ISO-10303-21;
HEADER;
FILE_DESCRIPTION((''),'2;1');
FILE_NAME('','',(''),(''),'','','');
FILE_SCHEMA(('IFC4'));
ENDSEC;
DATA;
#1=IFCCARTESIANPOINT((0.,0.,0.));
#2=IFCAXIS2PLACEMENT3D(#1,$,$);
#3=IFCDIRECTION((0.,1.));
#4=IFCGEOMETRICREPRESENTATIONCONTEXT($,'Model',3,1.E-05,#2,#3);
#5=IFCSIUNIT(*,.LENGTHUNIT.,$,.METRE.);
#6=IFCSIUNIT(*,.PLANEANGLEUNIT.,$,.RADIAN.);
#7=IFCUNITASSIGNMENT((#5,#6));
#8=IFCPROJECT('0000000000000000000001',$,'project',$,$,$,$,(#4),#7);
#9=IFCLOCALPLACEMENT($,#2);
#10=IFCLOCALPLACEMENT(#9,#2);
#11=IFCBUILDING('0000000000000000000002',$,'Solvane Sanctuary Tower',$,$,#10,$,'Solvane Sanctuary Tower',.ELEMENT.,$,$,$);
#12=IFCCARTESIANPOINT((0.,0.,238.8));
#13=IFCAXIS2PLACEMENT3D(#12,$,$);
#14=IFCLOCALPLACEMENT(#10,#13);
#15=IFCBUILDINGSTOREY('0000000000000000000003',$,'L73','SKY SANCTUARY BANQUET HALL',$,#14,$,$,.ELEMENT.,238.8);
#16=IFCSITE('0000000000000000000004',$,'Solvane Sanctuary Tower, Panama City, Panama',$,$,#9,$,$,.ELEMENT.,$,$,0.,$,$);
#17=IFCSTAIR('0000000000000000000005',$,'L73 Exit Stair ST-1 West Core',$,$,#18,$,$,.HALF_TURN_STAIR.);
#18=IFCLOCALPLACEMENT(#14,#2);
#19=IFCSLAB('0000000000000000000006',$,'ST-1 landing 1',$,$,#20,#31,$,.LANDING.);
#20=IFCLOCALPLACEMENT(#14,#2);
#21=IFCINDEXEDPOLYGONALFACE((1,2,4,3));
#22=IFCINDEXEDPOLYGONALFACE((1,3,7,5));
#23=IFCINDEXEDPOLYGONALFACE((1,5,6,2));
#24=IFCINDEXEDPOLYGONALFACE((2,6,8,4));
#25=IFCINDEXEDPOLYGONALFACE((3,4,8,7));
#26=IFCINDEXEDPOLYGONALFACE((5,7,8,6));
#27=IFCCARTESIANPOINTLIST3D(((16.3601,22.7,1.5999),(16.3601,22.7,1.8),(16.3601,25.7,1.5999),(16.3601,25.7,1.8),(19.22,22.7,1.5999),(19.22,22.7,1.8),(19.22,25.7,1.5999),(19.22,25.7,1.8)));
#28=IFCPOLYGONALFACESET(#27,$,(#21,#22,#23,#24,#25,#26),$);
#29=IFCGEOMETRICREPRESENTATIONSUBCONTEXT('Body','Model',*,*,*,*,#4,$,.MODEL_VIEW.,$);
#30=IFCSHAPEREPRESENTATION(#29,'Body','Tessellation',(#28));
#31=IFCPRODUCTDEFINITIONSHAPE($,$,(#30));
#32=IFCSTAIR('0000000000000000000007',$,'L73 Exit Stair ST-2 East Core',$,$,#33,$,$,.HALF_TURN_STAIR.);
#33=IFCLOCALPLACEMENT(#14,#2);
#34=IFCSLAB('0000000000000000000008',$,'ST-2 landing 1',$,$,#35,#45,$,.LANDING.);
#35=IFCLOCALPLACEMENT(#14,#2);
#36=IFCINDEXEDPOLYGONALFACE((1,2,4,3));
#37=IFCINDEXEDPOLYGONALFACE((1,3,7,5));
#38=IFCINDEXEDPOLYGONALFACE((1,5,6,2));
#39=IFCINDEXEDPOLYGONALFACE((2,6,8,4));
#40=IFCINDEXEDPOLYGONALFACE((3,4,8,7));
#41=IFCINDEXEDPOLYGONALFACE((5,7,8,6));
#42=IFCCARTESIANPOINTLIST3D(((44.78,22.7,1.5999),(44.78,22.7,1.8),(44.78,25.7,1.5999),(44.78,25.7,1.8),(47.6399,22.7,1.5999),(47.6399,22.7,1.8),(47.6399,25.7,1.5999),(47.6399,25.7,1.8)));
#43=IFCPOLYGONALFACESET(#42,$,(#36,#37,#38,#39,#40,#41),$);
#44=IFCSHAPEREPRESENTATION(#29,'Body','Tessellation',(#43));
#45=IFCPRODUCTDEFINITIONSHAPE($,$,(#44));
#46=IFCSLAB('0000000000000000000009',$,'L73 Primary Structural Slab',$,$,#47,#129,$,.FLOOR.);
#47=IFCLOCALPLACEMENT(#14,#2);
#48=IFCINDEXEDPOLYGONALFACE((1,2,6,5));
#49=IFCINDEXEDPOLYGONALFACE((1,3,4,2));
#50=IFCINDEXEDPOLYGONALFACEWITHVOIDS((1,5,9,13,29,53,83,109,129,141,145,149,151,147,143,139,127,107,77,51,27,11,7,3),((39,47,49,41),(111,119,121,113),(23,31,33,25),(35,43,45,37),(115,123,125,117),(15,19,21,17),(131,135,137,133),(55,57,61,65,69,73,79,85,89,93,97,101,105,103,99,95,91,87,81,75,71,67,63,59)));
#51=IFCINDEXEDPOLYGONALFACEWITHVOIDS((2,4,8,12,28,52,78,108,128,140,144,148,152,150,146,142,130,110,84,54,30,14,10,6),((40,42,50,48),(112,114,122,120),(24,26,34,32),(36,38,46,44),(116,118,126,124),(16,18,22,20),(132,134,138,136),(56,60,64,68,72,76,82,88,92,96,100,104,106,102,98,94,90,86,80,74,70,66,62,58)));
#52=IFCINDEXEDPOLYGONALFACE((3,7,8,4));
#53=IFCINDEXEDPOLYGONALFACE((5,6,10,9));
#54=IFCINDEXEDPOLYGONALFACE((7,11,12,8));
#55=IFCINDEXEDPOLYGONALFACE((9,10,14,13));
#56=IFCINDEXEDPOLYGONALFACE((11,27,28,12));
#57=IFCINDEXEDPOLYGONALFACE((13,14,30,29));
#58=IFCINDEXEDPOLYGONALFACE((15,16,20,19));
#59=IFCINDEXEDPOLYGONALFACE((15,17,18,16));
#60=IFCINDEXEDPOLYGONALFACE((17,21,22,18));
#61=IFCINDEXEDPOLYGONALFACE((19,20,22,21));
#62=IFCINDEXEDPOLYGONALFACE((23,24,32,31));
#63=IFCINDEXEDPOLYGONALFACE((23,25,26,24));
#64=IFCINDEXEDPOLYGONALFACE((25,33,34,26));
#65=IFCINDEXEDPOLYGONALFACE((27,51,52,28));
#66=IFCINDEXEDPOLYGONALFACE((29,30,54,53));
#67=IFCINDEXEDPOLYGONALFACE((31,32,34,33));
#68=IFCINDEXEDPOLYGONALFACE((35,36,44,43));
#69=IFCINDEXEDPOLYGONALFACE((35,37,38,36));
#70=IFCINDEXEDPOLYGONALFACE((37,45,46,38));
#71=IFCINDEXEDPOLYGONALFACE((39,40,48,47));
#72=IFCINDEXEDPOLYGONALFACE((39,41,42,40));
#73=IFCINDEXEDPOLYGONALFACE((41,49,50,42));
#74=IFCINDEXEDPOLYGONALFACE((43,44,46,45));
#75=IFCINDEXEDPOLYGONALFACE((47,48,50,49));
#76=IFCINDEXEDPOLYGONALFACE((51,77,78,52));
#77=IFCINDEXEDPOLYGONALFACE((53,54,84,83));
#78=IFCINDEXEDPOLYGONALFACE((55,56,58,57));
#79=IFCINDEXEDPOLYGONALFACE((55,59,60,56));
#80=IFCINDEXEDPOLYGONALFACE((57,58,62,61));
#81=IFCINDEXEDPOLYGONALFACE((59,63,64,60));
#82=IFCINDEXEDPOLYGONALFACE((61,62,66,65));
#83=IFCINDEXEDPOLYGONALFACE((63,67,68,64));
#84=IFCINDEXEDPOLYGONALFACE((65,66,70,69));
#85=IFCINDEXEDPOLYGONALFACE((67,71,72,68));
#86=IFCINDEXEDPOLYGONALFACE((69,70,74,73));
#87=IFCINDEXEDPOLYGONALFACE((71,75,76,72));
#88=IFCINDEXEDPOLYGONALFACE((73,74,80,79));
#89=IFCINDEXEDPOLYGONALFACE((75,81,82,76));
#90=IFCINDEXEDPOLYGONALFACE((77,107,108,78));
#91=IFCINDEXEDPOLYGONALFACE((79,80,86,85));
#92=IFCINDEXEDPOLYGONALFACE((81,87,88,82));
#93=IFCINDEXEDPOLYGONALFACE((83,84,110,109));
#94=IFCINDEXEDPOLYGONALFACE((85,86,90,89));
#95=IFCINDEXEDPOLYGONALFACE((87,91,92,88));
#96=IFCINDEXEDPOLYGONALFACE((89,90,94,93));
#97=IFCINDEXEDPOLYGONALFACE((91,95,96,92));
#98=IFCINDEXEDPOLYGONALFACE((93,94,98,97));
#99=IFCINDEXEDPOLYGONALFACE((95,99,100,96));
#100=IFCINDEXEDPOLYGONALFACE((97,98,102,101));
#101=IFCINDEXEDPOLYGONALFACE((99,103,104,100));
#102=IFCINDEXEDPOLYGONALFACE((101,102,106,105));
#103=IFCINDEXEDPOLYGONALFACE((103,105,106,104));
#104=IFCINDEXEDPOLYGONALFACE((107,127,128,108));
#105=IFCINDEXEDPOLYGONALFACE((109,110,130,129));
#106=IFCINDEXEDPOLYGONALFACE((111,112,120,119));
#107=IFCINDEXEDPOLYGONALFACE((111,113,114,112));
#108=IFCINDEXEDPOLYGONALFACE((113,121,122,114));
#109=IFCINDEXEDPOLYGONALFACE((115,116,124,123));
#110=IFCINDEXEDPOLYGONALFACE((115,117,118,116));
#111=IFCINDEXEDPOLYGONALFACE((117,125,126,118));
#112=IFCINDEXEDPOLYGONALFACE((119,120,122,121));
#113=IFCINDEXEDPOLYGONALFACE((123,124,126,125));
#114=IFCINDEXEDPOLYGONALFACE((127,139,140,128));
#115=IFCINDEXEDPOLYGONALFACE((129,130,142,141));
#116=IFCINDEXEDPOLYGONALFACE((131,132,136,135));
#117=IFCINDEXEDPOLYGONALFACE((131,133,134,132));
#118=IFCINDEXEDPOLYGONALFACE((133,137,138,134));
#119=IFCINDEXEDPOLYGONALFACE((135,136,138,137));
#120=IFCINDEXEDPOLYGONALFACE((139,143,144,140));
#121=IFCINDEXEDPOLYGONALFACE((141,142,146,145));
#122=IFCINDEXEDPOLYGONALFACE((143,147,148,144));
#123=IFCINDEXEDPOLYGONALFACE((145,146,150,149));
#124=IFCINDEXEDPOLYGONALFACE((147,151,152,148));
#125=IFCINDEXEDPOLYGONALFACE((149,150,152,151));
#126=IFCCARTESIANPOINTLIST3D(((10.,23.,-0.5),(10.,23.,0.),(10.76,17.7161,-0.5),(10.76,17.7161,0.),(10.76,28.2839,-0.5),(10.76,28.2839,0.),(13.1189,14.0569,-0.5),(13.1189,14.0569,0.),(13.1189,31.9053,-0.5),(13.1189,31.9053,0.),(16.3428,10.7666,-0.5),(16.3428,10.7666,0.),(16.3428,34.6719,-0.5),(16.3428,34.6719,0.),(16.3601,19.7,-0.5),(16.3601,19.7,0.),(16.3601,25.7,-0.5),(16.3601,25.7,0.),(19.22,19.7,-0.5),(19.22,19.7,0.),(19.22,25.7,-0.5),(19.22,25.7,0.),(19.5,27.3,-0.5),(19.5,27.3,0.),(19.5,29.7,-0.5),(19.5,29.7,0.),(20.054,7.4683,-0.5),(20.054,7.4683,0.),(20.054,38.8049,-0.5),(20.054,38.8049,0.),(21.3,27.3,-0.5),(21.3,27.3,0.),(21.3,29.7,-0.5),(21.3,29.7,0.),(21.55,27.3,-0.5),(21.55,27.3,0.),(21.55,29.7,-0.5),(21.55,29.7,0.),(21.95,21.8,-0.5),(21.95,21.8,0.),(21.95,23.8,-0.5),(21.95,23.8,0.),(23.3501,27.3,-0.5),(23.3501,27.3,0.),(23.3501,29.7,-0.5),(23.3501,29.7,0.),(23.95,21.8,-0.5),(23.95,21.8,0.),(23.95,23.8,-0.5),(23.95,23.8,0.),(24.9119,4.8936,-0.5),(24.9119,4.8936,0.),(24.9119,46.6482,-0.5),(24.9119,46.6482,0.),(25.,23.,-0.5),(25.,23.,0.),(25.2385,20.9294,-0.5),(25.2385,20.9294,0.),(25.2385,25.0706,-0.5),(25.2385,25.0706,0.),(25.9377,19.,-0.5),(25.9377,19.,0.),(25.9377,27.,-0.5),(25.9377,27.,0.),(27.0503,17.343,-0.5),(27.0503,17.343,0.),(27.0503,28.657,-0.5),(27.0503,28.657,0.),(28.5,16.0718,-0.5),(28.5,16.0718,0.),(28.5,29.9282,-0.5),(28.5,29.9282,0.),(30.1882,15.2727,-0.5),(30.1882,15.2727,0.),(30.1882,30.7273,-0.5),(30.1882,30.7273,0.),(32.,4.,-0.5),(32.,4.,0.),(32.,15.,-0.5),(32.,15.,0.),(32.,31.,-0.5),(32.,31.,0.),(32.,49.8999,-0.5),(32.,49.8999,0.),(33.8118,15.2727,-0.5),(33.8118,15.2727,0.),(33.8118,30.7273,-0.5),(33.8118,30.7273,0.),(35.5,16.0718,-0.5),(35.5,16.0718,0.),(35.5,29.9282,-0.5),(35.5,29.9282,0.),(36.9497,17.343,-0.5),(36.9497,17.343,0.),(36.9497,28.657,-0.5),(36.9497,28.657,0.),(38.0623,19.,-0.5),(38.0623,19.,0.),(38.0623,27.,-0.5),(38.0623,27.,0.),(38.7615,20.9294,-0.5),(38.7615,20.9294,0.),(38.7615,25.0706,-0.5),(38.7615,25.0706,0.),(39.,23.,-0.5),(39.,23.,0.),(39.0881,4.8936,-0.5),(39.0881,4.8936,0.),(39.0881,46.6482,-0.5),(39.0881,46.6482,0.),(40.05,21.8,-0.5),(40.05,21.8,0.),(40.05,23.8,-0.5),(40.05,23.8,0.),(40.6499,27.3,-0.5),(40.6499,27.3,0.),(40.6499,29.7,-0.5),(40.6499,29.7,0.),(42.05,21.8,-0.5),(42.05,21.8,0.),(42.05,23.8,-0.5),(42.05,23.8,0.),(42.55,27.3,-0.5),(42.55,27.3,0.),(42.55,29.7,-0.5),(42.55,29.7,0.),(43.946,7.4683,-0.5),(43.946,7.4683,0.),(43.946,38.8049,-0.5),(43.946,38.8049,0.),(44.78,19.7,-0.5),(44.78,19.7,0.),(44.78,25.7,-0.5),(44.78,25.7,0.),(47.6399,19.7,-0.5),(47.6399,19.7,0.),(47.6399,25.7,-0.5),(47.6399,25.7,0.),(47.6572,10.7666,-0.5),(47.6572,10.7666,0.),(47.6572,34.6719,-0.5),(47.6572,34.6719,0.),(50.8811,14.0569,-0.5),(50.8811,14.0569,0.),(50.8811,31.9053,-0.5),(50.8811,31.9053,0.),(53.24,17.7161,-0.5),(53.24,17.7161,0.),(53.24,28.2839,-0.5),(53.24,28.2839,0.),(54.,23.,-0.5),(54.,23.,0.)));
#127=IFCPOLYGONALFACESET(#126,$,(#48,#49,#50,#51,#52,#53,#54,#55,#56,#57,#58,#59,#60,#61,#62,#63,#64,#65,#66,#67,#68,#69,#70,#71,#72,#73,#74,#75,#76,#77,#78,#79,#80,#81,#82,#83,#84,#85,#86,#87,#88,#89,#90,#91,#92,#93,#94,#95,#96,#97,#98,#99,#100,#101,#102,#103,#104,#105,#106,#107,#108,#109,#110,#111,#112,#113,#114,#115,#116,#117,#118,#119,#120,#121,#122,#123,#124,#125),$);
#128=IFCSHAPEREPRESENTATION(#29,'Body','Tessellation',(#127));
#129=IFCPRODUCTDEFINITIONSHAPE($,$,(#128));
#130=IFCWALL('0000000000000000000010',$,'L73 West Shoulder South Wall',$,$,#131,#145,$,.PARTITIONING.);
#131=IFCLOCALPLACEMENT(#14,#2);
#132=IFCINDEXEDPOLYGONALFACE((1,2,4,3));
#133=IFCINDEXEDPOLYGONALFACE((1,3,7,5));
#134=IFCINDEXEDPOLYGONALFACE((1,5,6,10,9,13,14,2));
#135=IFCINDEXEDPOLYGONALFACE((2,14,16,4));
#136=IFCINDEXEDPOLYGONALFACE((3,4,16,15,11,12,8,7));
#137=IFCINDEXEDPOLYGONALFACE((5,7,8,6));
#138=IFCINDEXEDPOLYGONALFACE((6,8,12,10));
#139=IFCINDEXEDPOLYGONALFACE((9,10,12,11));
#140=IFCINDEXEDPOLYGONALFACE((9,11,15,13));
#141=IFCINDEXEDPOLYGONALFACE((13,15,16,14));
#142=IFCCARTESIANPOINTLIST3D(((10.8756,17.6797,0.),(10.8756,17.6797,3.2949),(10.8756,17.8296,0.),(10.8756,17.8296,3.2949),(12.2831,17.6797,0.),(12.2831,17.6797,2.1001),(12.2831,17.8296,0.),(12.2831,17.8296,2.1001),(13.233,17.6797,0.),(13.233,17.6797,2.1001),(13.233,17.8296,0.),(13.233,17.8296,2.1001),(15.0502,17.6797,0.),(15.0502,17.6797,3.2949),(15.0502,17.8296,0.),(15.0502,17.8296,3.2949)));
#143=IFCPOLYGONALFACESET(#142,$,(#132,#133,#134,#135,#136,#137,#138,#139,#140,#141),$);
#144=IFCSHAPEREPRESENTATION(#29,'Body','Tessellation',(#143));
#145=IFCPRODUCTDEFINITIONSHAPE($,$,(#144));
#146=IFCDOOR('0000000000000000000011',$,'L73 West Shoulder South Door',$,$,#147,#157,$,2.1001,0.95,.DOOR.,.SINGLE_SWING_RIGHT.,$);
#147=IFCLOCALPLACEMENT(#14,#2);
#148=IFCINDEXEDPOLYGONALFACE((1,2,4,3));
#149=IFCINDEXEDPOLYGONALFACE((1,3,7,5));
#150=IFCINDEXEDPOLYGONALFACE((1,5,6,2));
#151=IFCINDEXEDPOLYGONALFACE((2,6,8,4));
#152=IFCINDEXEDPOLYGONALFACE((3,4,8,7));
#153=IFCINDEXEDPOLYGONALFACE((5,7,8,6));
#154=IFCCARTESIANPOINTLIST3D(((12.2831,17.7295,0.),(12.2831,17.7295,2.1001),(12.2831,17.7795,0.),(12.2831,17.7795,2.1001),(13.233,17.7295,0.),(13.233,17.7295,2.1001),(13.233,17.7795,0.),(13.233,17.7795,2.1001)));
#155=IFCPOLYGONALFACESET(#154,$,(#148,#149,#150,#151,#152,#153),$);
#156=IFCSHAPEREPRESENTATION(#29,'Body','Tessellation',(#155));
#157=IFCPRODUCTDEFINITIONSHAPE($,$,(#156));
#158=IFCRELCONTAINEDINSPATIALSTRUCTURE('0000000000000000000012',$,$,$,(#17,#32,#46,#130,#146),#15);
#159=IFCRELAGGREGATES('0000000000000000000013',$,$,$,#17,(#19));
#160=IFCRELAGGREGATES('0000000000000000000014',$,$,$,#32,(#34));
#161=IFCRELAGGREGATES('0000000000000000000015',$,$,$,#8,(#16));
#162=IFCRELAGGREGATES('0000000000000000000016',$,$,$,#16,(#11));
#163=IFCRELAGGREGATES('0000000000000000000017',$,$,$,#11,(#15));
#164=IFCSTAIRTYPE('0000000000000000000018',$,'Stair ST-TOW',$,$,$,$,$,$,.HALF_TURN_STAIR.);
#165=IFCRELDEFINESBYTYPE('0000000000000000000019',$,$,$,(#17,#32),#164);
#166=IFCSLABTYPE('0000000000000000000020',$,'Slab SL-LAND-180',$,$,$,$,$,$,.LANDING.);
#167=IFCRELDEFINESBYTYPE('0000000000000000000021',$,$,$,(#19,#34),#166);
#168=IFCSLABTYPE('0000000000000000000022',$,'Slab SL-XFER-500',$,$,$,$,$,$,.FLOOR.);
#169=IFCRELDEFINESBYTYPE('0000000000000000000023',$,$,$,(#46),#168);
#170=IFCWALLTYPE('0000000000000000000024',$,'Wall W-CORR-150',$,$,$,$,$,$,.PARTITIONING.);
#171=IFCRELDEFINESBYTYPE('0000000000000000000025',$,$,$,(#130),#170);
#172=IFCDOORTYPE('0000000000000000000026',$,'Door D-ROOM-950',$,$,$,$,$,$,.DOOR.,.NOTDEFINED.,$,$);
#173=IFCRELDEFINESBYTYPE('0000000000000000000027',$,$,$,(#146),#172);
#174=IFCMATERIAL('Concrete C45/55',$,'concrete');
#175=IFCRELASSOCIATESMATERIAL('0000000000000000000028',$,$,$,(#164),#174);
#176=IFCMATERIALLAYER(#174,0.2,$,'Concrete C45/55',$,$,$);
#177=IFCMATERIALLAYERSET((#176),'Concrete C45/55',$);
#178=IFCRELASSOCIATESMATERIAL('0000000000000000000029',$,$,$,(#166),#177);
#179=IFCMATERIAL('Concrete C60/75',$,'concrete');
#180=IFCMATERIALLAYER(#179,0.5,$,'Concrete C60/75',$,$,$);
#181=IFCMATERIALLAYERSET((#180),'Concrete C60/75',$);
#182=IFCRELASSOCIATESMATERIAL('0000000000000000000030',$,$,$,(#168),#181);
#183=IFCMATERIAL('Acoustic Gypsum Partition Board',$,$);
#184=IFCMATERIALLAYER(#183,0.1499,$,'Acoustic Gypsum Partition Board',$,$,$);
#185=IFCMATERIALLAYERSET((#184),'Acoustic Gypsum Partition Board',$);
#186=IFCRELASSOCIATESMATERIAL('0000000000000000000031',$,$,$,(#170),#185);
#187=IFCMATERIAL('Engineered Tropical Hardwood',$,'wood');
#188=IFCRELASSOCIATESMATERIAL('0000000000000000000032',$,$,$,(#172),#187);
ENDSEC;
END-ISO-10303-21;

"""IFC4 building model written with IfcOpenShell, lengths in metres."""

from ifc_helpers import new_model, si_unit, direction, frame, frame_2d, origin, place, context, subcontext, project, spatial, polyline, rectangle, outline, extrude, material, layer, layer_set, type_object, element, fill, aggregate, save


model = new_model("IFC4")

# Units and contexts
model_context = context("Model", 3, precision=1e-05, world=origin(), true_north=direction((0.0, 1.0)))
body_context = subcontext(model_context, "Body", "Model", "MODEL_VIEW")
ifc_project = project(units=[si_unit("LENGTHUNIT", "METRE"), si_unit("PLANEANGLEUNIT", "RADIAN")], contexts=[model_context])

# Site, building, storey
site_placement = place(None, origin())
site = spatial("IfcSite", under=ifc_project, at=site_placement, Name="Solvane Sanctuary Tower, Panama City, Panama", CompositionType="ELEMENT", RefElevation=0.0)
building_placement = place(site_placement, origin())
building = spatial("IfcBuilding", under=site, at=building_placement, Name="Solvane Sanctuary Tower", LongName="Solvane Sanctuary Tower", CompositionType="ELEMENT")
storey_placement = place(building_placement, frame((0.0, 0.0, 238.8)))
storey = spatial("IfcBuildingStorey", under=building, at=storey_placement, Name="L73", Description="SKY SANCTUARY BANQUET HALL", CompositionType="ELEMENT", Elevation=238.8)

# Stairs, slabs
ifc_material_1 = material(Name="Concrete C45/55", Category="concrete")
stair_type = type_object("IfcStairType", Name="Stair ST-TOW", PredefinedType="HALF_TURN_STAIR", material=ifc_material_1)
stair_1_placement = place(storey_placement, origin())
stair_1 = element("IfcStair", 1, at=stair_1_placement, inside=storey, type_object=stair_type, Name="L73 Exit Stair ST-1 West Core", PredefinedType="HALF_TURN_STAIR")
ifc_layer_1 = layer(ifc_material_1, 0.2, Name="Concrete C45/55")
ifc_layer_set_1 = layer_set([ifc_layer_1], Name="Concrete C45/55")
slab_type_1 = type_object("IfcSlabType", Name="Slab SL-LAND-180", PredefinedType="LANDING", material=ifc_layer_set_1)
slab_1_placement = place(storey_placement, frame((0.0, 0.0, 1.5999)))
slab_1 = element("IfcSlab", 2, at=slab_1_placement, type_object=slab_type_1, Name="ST-1 landing 1", PredefinedType="LANDING", context=body_context, shape_type="SweptSolid", body=[
    extrude(outline(polyline([(19.22, 22.7), (19.22, 25.7), (16.3601, 25.7), (16.3601, 22.7), (19.22, 22.7)])), origin(), (0.0, 0.0, 1.0), 0.2002),
])
aggregate(stair_1, [slab_1])
stair_2_placement = place(storey_placement, origin())
stair_2 = element("IfcStair", 3, at=stair_2_placement, inside=storey, type_object=stair_type, Name="L73 Exit Stair ST-2 East Core", PredefinedType="HALF_TURN_STAIR")
slab_2_placement = place(storey_placement, frame((0.0, 0.0, 1.5999)))
slab_2 = element("IfcSlab", 4, at=slab_2_placement, type_object=slab_type_1, Name="ST-2 landing 1", PredefinedType="LANDING", context=body_context, shape_type="SweptSolid", body=[
    extrude(outline(polyline([(47.6399, 22.7), (47.6399, 25.7), (44.78, 25.7), (44.78, 22.7), (47.6399, 22.7)])), origin(), (0.0, 0.0, 1.0), 0.2002),
])
aggregate(stair_2, [slab_2])

# Slab
ifc_material_2 = material(Name="Concrete C60/75", Category="concrete")
ifc_layer_2 = layer(ifc_material_2, 0.5, Name="Concrete C60/75")
ifc_layer_set_2 = layer_set([ifc_layer_2], Name="Concrete C60/75")
slab_type_2 = type_object("IfcSlabType", Name="Slab SL-XFER-500", PredefinedType="FLOOR", material=ifc_layer_set_2)
slab_3_placement = place(storey_placement, frame((0.0, 0.0, -0.5)))
element("IfcSlab", 5, at=slab_3_placement, inside=storey, type_object=slab_type_2, Name="L73 Primary Structural Slab", PredefinedType="FLOOR", context=body_context, shape_type="SweptSolid", body=[
    extrude(outline(polyline([(54.0, 23.0), (53.24, 28.2839), (50.8811, 31.9053), (47.6572, 34.6719), (43.946, 38.8049), (39.0881, 46.6482), (32.0, 49.8999), (24.9119, 46.6482), (20.054, 38.8049), (16.3428, 34.6719), (13.1189, 31.9053), (10.76, 28.2839), (10.0, 23.0), (10.76, 17.7161), (13.1189, 14.0569), (16.3428, 10.7666), (20.054, 7.4683), (24.9119, 4.8936), (32.0, 4.0), (39.0881, 4.8936), (43.946, 7.4683), (47.6572, 10.7666), (50.8811, 14.0569), (53.24, 17.7161), (54.0, 23.0)]), holes=[polyline([(38.7615, 20.9294), (38.0623, 19.0), (36.9497, 17.343), (35.5, 16.0718), (33.8118, 15.2727), (32.0, 15.0), (30.1882, 15.2727), (28.5, 16.0718), (27.0503, 17.343), (25.9377, 19.0), (25.2385, 20.9294), (25.0, 23.0), (25.2385, 25.0706), (25.9377, 27.0), (27.0503, 28.657), (28.5, 29.9282), (30.1882, 30.7273), (32.0, 31.0), (33.8118, 30.7273), (35.5, 29.9282), (36.9497, 28.657), (38.0623, 27.0), (38.7615, 25.0706), (39.0, 23.0), (38.7615, 20.9294)]), polyline([(16.3601, 19.7), (16.3601, 25.7), (19.22, 25.7), (19.22, 19.7), (16.3601, 19.7)]), polyline([(44.78, 19.7), (44.78, 25.7), (47.6399, 25.7), (47.6399, 19.7), (44.78, 19.7)]), polyline([(21.95, 23.8), (23.95, 23.8), (23.95, 21.8), (21.95, 21.8), (21.95, 23.8)]), polyline([(40.05, 23.8), (42.05, 23.8), (42.05, 21.8), (40.05, 21.8), (40.05, 23.8)]), polyline([(19.5, 29.7), (21.3, 29.7), (21.3, 27.3), (19.5, 27.3), (19.5, 29.7)]), polyline([(21.55, 29.7), (23.3501, 29.7), (23.3501, 27.3), (21.55, 27.3), (21.55, 29.7)]), polyline([(40.6499, 29.7), (42.55, 29.7), (42.55, 27.3), (40.6499, 27.3), (40.6499, 29.7)])]), origin(), (0.0, 0.0, 1.0), 0.5),
])

# Wall, opening, door
ifc_material_3 = material(Name="Acoustic Gypsum Partition Board")
ifc_layer_3 = layer(ifc_material_3, 0.1499, Name="Acoustic Gypsum Partition Board")
ifc_layer_set_3 = layer_set([ifc_layer_3], Name="Acoustic Gypsum Partition Board")
wall_type_1 = type_object("IfcWallType", Name="Wall W-CORR-150", PredefinedType="PARTITIONING", material=ifc_layer_set_3)
wall_1_placement = place(storey_placement, frame((10.8755, 17.7546, 0.0), z_axis=(0.0, 0.0, 1.0), x_axis=(1.0, 0.0, 0.0)))
wall_1 = element("IfcWall", 6, at=wall_1_placement, inside=storey, type_object=wall_type_1, Name="L73 West Shoulder South Wall", PredefinedType="PARTITIONING", context=body_context, shape_type="SweptSolid", body=[
    extrude(rectangle(XDim=4.1746, YDim=0.1499, at=frame_2d((2.0874, 0.0))), origin(), (0.0, 0.0, 1.0), 3.2949),
])
opening_1_placement = place(wall_1_placement, frame((1.4075, 0.0, 0.0)))
opening_1 = element("IfcOpeningElement", 7, at=opening_1_placement, cuts=wall_1, PredefinedType="OPENING", context=body_context, shape_type="SweptSolid", body=[
    extrude(rectangle(XDim=0.95, YDim=2.1001, at=frame_2d((0.4751, 1.05))), frame((0.0, 0.085, 0.0), z_axis=(0.0, -1.0, 0.0), x_axis=(1.0, 0.0, 0.0)), (0.0, 0.0, 1.0), 0.1699),
])
ifc_material_4 = material(Name="Engineered Tropical Hardwood", Category="wood")
door_type = type_object("IfcDoorType", Name="Door D-ROOM-950", OperationType="NOTDEFINED", PredefinedType="DOOR", material=ifc_material_4)
door_placement = place(opening_1_placement, origin())
door = element("IfcDoor", 8, at=door_placement, inside=storey, type_object=door_type, Name="L73 West Shoulder South Door", OperationType="SINGLE_SWING_RIGHT", OverallHeight=2.1001, OverallWidth=0.95, PredefinedType="DOOR", context=body_context, shape_type="SweptSolid", body=[
    extrude(rectangle(XDim=0.95, YDim=2.1001, at=frame_2d((0.4751, 1.05))), frame((0.0, 0.0249, 0.0), z_axis=(0.0, -1.0, 0.0), x_axis=(1.0, 0.0, 0.0)), (0.0, 0.0, 1.0), 0.05),
])
fill(opening_1, door)

save(model, "model.ifc")
